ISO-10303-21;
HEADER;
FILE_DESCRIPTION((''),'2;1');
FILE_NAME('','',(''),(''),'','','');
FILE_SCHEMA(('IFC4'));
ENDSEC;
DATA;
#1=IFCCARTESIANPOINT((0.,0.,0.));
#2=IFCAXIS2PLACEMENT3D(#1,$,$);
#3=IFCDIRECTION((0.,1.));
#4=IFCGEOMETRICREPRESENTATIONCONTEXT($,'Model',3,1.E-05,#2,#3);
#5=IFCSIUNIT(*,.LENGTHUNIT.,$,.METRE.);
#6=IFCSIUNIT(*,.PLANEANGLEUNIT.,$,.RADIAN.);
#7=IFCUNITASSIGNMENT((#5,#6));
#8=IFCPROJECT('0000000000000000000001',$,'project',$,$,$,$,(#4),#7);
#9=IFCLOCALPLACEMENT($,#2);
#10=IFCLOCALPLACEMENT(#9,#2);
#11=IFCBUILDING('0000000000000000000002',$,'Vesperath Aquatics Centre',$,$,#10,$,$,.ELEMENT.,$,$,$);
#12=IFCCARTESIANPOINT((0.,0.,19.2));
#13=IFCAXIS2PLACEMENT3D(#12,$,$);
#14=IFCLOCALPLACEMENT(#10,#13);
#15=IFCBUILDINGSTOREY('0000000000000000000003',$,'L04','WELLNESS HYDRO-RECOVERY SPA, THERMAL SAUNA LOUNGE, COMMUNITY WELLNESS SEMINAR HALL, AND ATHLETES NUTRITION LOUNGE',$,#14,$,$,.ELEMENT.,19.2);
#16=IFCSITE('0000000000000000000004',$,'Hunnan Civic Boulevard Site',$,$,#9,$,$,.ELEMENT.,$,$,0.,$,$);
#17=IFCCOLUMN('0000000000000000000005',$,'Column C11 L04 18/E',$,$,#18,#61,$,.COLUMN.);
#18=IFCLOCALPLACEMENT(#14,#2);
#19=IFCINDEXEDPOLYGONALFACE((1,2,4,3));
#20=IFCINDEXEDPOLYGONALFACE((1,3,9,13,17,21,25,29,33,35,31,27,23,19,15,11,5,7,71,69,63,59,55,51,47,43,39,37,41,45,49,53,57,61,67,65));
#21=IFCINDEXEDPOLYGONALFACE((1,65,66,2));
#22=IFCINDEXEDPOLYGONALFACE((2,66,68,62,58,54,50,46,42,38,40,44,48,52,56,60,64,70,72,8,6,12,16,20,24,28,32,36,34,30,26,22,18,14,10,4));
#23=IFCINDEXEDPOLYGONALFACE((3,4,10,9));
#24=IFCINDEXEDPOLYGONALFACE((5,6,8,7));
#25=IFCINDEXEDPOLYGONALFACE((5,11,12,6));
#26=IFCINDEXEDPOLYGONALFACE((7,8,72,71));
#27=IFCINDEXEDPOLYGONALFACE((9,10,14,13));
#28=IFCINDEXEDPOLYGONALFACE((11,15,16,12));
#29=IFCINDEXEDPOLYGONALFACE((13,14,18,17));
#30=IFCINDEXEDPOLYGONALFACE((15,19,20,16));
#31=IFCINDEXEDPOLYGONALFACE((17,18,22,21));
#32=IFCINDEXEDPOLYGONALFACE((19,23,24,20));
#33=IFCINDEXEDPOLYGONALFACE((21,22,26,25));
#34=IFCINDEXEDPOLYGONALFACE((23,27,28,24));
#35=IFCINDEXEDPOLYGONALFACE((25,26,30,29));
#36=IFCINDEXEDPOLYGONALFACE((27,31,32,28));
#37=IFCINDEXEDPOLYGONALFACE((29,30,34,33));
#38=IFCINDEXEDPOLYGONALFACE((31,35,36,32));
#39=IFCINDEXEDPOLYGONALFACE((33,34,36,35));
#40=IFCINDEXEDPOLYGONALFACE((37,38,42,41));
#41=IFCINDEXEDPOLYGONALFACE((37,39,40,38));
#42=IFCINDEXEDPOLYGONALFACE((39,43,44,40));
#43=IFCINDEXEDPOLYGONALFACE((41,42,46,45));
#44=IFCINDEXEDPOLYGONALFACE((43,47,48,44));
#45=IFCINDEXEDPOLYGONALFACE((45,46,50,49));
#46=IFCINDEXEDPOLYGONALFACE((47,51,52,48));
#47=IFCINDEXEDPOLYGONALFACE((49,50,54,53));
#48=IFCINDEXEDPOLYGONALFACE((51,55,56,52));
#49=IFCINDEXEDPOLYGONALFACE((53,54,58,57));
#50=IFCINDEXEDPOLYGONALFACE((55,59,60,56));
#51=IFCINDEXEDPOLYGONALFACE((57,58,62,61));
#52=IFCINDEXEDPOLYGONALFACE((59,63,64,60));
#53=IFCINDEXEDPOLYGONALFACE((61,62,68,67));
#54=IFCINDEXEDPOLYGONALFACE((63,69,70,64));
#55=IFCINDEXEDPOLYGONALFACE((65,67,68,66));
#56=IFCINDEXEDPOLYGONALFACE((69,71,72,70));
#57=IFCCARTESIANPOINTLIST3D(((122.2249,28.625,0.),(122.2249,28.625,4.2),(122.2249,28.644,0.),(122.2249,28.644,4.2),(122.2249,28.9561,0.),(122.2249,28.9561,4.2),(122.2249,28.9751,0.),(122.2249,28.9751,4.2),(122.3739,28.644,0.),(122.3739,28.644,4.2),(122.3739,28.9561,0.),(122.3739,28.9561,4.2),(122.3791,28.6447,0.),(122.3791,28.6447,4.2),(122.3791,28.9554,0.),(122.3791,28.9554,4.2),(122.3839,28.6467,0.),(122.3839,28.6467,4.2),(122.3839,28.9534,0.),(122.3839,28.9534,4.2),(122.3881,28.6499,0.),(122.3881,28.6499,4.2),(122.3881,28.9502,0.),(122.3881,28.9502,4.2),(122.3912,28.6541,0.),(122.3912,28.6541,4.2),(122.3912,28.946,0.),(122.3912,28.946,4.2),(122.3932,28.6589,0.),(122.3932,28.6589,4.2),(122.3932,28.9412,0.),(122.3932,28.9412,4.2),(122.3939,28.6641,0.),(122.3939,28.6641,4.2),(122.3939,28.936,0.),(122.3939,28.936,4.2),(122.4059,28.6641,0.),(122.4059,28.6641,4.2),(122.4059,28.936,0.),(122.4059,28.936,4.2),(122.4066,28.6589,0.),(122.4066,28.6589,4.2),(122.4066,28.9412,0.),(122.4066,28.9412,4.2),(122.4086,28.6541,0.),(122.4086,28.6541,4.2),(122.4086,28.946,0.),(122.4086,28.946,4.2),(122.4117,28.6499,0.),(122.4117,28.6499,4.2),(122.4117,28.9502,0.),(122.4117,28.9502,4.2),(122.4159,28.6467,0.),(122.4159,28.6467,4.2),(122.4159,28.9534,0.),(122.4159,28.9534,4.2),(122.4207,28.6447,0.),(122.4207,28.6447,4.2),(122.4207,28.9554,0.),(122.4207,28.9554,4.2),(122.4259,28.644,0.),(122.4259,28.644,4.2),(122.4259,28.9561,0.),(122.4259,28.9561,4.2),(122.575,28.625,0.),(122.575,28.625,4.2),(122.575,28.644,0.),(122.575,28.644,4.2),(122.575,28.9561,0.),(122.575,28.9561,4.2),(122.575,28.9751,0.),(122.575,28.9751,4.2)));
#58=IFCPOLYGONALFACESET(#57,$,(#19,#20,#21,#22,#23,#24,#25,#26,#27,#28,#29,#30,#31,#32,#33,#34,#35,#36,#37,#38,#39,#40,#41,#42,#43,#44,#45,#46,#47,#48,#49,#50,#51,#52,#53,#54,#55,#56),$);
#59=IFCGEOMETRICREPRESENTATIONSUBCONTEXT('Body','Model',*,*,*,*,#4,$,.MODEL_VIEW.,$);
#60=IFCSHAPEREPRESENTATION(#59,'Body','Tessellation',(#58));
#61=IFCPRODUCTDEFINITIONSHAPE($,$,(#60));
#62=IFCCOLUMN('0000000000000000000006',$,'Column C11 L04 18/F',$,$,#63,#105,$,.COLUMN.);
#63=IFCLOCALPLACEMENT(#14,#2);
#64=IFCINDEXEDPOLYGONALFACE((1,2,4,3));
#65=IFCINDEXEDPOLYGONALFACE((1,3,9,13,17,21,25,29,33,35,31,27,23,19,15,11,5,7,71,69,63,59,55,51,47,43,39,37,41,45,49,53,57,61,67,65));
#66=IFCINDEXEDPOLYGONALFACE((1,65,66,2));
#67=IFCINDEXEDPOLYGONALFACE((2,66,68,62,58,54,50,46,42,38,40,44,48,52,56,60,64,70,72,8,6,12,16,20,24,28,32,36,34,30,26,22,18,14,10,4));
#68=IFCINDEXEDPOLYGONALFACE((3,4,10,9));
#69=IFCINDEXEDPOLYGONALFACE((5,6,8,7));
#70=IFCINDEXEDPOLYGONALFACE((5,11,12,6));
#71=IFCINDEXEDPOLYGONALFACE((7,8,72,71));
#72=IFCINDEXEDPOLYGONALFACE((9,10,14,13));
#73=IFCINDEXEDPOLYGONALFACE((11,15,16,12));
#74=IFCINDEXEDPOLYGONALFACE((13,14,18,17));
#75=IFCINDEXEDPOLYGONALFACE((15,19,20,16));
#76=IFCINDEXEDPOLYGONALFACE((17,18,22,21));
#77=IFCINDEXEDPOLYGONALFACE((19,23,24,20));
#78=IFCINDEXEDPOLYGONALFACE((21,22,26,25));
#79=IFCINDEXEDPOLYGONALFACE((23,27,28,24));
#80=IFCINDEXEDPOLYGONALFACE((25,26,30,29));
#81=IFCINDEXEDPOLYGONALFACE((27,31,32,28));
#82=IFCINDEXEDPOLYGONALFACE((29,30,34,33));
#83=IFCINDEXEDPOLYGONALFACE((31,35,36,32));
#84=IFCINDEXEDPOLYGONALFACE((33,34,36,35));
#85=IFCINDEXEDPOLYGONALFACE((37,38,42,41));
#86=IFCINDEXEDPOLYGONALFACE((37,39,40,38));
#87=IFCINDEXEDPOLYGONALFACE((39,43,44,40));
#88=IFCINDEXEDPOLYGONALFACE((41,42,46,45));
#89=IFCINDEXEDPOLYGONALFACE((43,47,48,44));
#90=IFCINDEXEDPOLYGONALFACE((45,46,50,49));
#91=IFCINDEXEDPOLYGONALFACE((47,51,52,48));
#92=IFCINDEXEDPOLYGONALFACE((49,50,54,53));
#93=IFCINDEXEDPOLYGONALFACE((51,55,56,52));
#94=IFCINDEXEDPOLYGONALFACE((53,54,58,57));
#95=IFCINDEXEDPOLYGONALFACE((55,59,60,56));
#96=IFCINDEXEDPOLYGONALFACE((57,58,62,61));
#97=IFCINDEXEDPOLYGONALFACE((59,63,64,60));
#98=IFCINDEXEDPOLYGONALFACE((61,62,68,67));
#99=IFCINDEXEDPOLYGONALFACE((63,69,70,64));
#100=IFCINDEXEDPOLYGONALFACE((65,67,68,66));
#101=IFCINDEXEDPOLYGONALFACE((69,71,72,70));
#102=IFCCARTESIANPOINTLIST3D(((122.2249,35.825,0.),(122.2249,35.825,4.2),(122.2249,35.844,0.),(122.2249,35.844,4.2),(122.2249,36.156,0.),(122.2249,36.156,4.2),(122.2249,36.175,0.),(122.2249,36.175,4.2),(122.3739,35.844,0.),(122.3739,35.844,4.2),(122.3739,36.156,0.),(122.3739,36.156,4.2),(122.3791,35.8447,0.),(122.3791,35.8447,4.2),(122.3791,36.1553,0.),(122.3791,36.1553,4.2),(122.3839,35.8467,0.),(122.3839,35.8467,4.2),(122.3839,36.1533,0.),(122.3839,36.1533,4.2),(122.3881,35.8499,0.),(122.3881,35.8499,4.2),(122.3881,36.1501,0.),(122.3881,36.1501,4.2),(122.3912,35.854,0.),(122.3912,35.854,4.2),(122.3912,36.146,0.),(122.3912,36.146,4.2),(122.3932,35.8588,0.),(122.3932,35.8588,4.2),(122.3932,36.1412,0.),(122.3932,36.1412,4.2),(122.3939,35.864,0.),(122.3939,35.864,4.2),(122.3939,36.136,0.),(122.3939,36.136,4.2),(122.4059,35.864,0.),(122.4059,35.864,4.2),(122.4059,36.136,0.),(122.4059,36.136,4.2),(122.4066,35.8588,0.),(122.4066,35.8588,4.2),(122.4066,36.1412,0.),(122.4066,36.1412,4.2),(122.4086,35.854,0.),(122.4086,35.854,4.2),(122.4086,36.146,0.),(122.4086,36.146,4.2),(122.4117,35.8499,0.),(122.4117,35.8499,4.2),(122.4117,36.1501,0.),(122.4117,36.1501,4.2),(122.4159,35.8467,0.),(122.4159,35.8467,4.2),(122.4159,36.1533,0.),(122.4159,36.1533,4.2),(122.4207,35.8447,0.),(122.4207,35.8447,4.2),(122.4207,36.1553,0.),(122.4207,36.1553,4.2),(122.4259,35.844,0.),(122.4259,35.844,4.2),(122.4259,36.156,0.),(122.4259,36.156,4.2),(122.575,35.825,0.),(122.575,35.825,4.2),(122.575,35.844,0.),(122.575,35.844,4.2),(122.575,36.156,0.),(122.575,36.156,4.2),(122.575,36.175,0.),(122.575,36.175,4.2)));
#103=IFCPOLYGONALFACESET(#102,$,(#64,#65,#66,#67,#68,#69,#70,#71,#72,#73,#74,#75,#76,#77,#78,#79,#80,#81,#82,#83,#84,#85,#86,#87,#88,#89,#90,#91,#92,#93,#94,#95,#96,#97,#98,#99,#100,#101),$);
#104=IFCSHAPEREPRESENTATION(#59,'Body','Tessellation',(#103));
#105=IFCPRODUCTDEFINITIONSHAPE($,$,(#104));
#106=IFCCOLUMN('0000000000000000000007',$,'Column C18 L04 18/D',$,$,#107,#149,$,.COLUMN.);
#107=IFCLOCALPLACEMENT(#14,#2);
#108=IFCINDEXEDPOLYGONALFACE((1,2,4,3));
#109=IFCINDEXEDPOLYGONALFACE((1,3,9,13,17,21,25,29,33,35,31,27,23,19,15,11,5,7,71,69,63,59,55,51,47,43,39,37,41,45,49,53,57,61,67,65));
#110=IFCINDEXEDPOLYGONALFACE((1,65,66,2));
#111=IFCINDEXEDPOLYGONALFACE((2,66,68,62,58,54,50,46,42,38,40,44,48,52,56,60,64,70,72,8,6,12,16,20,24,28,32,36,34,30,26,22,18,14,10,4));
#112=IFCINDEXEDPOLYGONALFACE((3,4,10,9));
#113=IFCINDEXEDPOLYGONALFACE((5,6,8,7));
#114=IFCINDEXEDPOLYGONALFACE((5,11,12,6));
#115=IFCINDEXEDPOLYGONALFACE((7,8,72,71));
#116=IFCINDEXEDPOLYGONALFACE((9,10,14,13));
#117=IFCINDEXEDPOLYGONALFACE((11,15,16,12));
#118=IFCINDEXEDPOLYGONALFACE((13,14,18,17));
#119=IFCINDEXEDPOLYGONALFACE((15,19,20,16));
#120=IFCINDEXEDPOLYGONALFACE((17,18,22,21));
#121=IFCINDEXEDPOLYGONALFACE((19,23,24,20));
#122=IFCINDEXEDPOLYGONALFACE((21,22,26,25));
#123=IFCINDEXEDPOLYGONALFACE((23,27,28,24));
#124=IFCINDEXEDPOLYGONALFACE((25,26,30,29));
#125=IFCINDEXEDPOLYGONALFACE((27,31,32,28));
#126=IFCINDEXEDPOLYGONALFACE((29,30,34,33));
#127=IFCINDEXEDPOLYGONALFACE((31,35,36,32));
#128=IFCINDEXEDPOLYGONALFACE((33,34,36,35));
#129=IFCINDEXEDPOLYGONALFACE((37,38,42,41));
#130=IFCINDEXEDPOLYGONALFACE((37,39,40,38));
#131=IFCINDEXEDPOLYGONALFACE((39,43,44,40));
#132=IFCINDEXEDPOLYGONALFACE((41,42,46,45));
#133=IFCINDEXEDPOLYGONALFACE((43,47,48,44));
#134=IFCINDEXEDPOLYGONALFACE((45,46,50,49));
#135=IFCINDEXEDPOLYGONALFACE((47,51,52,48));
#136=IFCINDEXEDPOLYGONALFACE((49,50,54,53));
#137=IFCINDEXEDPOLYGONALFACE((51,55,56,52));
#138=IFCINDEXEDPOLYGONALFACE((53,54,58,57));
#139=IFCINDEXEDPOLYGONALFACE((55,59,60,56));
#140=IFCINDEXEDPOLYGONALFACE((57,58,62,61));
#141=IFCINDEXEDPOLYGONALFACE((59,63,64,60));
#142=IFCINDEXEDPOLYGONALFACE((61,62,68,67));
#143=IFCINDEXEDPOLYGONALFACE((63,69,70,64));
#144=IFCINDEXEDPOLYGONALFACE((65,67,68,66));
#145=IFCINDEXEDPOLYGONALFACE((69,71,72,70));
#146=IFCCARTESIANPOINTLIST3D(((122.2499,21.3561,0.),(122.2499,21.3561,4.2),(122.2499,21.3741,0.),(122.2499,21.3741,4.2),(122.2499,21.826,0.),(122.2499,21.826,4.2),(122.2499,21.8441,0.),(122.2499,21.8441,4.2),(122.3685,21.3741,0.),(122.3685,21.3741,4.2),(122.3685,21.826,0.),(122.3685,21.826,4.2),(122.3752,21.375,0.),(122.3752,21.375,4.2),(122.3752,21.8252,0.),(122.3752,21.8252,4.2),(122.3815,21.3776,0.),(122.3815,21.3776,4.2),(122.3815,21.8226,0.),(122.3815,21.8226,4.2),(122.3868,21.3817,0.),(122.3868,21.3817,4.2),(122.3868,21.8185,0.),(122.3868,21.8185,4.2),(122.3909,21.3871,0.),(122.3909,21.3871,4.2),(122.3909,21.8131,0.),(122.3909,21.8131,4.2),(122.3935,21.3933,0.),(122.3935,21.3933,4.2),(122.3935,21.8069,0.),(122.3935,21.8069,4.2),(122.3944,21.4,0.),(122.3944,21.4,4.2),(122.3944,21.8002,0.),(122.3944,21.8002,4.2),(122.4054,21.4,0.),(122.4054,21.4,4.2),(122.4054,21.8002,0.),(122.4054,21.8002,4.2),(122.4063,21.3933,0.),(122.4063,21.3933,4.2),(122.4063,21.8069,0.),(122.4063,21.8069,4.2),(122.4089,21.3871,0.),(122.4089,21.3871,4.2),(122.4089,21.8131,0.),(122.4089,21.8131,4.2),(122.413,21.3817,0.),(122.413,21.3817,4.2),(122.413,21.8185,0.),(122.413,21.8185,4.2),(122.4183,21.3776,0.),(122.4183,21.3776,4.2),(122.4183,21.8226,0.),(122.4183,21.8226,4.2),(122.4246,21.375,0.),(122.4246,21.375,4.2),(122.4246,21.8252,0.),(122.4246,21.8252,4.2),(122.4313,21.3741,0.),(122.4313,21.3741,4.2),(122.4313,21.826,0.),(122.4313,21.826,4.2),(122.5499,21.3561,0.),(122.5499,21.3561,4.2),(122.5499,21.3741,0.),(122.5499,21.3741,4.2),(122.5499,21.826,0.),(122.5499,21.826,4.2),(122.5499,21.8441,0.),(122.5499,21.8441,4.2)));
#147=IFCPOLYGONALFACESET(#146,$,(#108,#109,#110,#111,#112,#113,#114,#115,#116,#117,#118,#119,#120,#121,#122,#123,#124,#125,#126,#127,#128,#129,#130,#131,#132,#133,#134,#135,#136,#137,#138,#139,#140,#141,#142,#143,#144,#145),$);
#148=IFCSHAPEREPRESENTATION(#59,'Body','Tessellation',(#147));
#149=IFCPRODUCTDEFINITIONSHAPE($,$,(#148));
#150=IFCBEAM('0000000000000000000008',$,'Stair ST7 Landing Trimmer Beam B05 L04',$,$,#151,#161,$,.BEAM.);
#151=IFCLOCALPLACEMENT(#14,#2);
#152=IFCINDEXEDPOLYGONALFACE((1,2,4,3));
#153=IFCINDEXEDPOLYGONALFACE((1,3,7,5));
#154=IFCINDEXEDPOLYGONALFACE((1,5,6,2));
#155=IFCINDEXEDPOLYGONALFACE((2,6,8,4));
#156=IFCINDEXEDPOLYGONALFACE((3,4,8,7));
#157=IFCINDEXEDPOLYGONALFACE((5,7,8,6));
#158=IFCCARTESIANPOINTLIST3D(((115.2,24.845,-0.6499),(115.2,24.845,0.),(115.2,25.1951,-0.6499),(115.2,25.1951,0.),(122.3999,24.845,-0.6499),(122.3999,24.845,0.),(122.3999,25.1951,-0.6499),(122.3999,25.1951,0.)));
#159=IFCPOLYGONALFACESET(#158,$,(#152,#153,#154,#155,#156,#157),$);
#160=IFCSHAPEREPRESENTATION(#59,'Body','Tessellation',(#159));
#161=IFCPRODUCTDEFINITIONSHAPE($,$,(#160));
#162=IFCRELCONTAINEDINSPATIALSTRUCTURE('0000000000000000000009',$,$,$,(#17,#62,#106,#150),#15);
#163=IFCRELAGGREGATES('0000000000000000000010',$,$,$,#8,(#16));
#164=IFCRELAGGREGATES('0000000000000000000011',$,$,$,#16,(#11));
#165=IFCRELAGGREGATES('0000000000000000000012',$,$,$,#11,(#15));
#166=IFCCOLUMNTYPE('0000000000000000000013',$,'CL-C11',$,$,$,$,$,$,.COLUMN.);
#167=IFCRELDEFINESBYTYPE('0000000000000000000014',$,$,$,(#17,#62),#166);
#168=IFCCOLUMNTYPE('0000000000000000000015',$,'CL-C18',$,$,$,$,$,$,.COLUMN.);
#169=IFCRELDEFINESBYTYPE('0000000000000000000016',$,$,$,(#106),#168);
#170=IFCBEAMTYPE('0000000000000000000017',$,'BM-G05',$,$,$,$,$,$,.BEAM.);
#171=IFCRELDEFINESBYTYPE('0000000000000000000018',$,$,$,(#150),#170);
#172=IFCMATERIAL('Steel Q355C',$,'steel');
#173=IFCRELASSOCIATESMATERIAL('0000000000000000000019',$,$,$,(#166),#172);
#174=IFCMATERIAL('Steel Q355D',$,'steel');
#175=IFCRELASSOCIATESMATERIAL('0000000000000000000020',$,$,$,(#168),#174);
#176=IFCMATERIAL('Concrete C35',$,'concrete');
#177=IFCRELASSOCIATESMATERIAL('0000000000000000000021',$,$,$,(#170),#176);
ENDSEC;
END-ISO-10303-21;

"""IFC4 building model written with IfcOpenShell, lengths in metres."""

from ifc_helpers import new_model, si_unit, direction, frame, origin, origin_2d, place, context, subcontext, project, spatial, rectangle, i_section, extrude, material, material_profile, profile_set, type_object, element, save


model = new_model("IFC4")

# Units and contexts
model_context = context("Model", 3, precision=1e-05, world=origin(), true_north=direction((0.0, 1.0)))
body_context = subcontext(model_context, "Body", "Model", "MODEL_VIEW")
ifc_project = project(units=[si_unit("LENGTHUNIT", "METRE"), si_unit("PLANEANGLEUNIT", "RADIAN")], contexts=[model_context])

# Site, building, storey
site_placement = place(None, origin())
site = spatial("IfcSite", under=ifc_project, at=site_placement, Name="Hunnan Civic Boulevard Site", CompositionType="ELEMENT", RefElevation=0.0)
building_placement = place(site_placement, origin())
building = spatial("IfcBuilding", under=site, at=building_placement, Name="Vesperath Aquatics Centre", CompositionType="ELEMENT")
storey_placement = place(building_placement, frame((0.0, 0.0, 19.2)))
storey = spatial("IfcBuildingStorey", under=building, at=storey_placement, Name="L04", Description="WELLNESS HYDRO-RECOVERY SPA, THERMAL SAUNA LOUNGE, COMMUNITY WELLNESS SEMINAR HALL, AND ATHLETES NUTRITION LOUNGE", CompositionType="ELEMENT", Elevation=19.2)

# Columns
ifc_material_1 = material(Name="Steel Q355C", Category="steel")
ifc_material_profile_1 = material_profile(ifc_material_1, i_section(OverallWidth=0.3501, OverallDepth=0.3501, WebThickness=0.012, FlangeThickness=0.019, FilletRadius=0.02, at=origin_2d()), Name="HW 350x350x12x19")
ifc_profile_set_1 = profile_set([ifc_material_profile_1], Name="Steel Q355C")
column_type_1 = type_object("IfcColumnType", Name="CL-C11", PredefinedType="COLUMN", material=ifc_profile_set_1)
for number, where, z_axis, x_axis, name in (
    (1, (122.3999, 28.8, 0.0), (0.0, 0.0, 1.0), (1.0, 0.0, 0.0), "Column C11 L04 18/E"),
    (2, (122.3999, 36.0, 0.0), (0.0, 0.0, 1.0), (1.0, 0.0, 0.0), "Column C11 L04 18/F"),
):
    element("IfcColumn", number, at=place(storey_placement, frame(where, z_axis=z_axis, x_axis=x_axis)), inside=storey, type_object=column_type_1, Name=name, PredefinedType="COLUMN", context=body_context, shape_type="SweptSolid", body=[
        extrude(i_section(OverallWidth=0.3501, OverallDepth=0.3501, WebThickness=0.012, FlangeThickness=0.019, FilletRadius=0.02, at=origin_2d()), origin(), (0.0, 0.0, 1.0), 4.2),
    ])
ifc_material_2 = material(Name="Steel Q355D", Category="steel")
ifc_material_profile_2 = material_profile(ifc_material_2, i_section(OverallWidth=0.3, OverallDepth=0.488, WebThickness=0.011, FlangeThickness=0.0181, FilletRadius=0.0259, at=origin_2d()), Name="HM 488x300x11x18")
ifc_profile_set_2 = profile_set([ifc_material_profile_2], Name="Steel Q355D")
column_type_2 = type_object("IfcColumnType", Name="CL-C18", PredefinedType="COLUMN", material=ifc_profile_set_2)
column_placement = place(storey_placement, frame((122.3999, 21.6001, 0.0), z_axis=(0.0, 0.0, 1.0), x_axis=(1.0, 0.0, 0.0)))
element("IfcColumn", 3, at=column_placement, inside=storey, type_object=column_type_2, Name="Column C18 L04 18/D", PredefinedType="COLUMN", context=body_context, shape_type="SweptSolid", body=[
    extrude(i_section(OverallWidth=0.3, OverallDepth=0.488, WebThickness=0.011, FlangeThickness=0.0181, FilletRadius=0.0259, at=origin_2d()), origin(), (0.0, 0.0, 1.0), 4.2),
])

# Beam
ifc_material_3 = material(Name="Concrete C35", Category="concrete")
ifc_material_profile_3 = material_profile(ifc_material_3, rectangle(XDim=0.3501, YDim=0.6499, at=origin_2d()), Name="RC 350x650")
ifc_profile_set_3 = profile_set([ifc_material_profile_3], Name="Concrete C35")
beam_type_1 = type_object("IfcBeamType", Name="BM-G05", PredefinedType="BEAM", material=ifc_profile_set_3)
beam_1_placement = place(storey_placement, frame((115.2, 25.02, -0.325), z_axis=(1.0, 0.0, 0.0), x_axis=(0.0, 1.0, 0.0)))
element("IfcBeam", 4, at=beam_1_placement, inside=storey, type_object=beam_type_1, Name="Stair ST7 Landing Trimmer Beam B05 L04", PredefinedType="BEAM", context=body_context, shape_type="SweptSolid", body=[
    extrude(rectangle(XDim=0.3501, YDim=0.6499, at=origin_2d()), origin(), (0.0, 0.0, 1.0), 7.2),
])

save(model, "model.ifc")
